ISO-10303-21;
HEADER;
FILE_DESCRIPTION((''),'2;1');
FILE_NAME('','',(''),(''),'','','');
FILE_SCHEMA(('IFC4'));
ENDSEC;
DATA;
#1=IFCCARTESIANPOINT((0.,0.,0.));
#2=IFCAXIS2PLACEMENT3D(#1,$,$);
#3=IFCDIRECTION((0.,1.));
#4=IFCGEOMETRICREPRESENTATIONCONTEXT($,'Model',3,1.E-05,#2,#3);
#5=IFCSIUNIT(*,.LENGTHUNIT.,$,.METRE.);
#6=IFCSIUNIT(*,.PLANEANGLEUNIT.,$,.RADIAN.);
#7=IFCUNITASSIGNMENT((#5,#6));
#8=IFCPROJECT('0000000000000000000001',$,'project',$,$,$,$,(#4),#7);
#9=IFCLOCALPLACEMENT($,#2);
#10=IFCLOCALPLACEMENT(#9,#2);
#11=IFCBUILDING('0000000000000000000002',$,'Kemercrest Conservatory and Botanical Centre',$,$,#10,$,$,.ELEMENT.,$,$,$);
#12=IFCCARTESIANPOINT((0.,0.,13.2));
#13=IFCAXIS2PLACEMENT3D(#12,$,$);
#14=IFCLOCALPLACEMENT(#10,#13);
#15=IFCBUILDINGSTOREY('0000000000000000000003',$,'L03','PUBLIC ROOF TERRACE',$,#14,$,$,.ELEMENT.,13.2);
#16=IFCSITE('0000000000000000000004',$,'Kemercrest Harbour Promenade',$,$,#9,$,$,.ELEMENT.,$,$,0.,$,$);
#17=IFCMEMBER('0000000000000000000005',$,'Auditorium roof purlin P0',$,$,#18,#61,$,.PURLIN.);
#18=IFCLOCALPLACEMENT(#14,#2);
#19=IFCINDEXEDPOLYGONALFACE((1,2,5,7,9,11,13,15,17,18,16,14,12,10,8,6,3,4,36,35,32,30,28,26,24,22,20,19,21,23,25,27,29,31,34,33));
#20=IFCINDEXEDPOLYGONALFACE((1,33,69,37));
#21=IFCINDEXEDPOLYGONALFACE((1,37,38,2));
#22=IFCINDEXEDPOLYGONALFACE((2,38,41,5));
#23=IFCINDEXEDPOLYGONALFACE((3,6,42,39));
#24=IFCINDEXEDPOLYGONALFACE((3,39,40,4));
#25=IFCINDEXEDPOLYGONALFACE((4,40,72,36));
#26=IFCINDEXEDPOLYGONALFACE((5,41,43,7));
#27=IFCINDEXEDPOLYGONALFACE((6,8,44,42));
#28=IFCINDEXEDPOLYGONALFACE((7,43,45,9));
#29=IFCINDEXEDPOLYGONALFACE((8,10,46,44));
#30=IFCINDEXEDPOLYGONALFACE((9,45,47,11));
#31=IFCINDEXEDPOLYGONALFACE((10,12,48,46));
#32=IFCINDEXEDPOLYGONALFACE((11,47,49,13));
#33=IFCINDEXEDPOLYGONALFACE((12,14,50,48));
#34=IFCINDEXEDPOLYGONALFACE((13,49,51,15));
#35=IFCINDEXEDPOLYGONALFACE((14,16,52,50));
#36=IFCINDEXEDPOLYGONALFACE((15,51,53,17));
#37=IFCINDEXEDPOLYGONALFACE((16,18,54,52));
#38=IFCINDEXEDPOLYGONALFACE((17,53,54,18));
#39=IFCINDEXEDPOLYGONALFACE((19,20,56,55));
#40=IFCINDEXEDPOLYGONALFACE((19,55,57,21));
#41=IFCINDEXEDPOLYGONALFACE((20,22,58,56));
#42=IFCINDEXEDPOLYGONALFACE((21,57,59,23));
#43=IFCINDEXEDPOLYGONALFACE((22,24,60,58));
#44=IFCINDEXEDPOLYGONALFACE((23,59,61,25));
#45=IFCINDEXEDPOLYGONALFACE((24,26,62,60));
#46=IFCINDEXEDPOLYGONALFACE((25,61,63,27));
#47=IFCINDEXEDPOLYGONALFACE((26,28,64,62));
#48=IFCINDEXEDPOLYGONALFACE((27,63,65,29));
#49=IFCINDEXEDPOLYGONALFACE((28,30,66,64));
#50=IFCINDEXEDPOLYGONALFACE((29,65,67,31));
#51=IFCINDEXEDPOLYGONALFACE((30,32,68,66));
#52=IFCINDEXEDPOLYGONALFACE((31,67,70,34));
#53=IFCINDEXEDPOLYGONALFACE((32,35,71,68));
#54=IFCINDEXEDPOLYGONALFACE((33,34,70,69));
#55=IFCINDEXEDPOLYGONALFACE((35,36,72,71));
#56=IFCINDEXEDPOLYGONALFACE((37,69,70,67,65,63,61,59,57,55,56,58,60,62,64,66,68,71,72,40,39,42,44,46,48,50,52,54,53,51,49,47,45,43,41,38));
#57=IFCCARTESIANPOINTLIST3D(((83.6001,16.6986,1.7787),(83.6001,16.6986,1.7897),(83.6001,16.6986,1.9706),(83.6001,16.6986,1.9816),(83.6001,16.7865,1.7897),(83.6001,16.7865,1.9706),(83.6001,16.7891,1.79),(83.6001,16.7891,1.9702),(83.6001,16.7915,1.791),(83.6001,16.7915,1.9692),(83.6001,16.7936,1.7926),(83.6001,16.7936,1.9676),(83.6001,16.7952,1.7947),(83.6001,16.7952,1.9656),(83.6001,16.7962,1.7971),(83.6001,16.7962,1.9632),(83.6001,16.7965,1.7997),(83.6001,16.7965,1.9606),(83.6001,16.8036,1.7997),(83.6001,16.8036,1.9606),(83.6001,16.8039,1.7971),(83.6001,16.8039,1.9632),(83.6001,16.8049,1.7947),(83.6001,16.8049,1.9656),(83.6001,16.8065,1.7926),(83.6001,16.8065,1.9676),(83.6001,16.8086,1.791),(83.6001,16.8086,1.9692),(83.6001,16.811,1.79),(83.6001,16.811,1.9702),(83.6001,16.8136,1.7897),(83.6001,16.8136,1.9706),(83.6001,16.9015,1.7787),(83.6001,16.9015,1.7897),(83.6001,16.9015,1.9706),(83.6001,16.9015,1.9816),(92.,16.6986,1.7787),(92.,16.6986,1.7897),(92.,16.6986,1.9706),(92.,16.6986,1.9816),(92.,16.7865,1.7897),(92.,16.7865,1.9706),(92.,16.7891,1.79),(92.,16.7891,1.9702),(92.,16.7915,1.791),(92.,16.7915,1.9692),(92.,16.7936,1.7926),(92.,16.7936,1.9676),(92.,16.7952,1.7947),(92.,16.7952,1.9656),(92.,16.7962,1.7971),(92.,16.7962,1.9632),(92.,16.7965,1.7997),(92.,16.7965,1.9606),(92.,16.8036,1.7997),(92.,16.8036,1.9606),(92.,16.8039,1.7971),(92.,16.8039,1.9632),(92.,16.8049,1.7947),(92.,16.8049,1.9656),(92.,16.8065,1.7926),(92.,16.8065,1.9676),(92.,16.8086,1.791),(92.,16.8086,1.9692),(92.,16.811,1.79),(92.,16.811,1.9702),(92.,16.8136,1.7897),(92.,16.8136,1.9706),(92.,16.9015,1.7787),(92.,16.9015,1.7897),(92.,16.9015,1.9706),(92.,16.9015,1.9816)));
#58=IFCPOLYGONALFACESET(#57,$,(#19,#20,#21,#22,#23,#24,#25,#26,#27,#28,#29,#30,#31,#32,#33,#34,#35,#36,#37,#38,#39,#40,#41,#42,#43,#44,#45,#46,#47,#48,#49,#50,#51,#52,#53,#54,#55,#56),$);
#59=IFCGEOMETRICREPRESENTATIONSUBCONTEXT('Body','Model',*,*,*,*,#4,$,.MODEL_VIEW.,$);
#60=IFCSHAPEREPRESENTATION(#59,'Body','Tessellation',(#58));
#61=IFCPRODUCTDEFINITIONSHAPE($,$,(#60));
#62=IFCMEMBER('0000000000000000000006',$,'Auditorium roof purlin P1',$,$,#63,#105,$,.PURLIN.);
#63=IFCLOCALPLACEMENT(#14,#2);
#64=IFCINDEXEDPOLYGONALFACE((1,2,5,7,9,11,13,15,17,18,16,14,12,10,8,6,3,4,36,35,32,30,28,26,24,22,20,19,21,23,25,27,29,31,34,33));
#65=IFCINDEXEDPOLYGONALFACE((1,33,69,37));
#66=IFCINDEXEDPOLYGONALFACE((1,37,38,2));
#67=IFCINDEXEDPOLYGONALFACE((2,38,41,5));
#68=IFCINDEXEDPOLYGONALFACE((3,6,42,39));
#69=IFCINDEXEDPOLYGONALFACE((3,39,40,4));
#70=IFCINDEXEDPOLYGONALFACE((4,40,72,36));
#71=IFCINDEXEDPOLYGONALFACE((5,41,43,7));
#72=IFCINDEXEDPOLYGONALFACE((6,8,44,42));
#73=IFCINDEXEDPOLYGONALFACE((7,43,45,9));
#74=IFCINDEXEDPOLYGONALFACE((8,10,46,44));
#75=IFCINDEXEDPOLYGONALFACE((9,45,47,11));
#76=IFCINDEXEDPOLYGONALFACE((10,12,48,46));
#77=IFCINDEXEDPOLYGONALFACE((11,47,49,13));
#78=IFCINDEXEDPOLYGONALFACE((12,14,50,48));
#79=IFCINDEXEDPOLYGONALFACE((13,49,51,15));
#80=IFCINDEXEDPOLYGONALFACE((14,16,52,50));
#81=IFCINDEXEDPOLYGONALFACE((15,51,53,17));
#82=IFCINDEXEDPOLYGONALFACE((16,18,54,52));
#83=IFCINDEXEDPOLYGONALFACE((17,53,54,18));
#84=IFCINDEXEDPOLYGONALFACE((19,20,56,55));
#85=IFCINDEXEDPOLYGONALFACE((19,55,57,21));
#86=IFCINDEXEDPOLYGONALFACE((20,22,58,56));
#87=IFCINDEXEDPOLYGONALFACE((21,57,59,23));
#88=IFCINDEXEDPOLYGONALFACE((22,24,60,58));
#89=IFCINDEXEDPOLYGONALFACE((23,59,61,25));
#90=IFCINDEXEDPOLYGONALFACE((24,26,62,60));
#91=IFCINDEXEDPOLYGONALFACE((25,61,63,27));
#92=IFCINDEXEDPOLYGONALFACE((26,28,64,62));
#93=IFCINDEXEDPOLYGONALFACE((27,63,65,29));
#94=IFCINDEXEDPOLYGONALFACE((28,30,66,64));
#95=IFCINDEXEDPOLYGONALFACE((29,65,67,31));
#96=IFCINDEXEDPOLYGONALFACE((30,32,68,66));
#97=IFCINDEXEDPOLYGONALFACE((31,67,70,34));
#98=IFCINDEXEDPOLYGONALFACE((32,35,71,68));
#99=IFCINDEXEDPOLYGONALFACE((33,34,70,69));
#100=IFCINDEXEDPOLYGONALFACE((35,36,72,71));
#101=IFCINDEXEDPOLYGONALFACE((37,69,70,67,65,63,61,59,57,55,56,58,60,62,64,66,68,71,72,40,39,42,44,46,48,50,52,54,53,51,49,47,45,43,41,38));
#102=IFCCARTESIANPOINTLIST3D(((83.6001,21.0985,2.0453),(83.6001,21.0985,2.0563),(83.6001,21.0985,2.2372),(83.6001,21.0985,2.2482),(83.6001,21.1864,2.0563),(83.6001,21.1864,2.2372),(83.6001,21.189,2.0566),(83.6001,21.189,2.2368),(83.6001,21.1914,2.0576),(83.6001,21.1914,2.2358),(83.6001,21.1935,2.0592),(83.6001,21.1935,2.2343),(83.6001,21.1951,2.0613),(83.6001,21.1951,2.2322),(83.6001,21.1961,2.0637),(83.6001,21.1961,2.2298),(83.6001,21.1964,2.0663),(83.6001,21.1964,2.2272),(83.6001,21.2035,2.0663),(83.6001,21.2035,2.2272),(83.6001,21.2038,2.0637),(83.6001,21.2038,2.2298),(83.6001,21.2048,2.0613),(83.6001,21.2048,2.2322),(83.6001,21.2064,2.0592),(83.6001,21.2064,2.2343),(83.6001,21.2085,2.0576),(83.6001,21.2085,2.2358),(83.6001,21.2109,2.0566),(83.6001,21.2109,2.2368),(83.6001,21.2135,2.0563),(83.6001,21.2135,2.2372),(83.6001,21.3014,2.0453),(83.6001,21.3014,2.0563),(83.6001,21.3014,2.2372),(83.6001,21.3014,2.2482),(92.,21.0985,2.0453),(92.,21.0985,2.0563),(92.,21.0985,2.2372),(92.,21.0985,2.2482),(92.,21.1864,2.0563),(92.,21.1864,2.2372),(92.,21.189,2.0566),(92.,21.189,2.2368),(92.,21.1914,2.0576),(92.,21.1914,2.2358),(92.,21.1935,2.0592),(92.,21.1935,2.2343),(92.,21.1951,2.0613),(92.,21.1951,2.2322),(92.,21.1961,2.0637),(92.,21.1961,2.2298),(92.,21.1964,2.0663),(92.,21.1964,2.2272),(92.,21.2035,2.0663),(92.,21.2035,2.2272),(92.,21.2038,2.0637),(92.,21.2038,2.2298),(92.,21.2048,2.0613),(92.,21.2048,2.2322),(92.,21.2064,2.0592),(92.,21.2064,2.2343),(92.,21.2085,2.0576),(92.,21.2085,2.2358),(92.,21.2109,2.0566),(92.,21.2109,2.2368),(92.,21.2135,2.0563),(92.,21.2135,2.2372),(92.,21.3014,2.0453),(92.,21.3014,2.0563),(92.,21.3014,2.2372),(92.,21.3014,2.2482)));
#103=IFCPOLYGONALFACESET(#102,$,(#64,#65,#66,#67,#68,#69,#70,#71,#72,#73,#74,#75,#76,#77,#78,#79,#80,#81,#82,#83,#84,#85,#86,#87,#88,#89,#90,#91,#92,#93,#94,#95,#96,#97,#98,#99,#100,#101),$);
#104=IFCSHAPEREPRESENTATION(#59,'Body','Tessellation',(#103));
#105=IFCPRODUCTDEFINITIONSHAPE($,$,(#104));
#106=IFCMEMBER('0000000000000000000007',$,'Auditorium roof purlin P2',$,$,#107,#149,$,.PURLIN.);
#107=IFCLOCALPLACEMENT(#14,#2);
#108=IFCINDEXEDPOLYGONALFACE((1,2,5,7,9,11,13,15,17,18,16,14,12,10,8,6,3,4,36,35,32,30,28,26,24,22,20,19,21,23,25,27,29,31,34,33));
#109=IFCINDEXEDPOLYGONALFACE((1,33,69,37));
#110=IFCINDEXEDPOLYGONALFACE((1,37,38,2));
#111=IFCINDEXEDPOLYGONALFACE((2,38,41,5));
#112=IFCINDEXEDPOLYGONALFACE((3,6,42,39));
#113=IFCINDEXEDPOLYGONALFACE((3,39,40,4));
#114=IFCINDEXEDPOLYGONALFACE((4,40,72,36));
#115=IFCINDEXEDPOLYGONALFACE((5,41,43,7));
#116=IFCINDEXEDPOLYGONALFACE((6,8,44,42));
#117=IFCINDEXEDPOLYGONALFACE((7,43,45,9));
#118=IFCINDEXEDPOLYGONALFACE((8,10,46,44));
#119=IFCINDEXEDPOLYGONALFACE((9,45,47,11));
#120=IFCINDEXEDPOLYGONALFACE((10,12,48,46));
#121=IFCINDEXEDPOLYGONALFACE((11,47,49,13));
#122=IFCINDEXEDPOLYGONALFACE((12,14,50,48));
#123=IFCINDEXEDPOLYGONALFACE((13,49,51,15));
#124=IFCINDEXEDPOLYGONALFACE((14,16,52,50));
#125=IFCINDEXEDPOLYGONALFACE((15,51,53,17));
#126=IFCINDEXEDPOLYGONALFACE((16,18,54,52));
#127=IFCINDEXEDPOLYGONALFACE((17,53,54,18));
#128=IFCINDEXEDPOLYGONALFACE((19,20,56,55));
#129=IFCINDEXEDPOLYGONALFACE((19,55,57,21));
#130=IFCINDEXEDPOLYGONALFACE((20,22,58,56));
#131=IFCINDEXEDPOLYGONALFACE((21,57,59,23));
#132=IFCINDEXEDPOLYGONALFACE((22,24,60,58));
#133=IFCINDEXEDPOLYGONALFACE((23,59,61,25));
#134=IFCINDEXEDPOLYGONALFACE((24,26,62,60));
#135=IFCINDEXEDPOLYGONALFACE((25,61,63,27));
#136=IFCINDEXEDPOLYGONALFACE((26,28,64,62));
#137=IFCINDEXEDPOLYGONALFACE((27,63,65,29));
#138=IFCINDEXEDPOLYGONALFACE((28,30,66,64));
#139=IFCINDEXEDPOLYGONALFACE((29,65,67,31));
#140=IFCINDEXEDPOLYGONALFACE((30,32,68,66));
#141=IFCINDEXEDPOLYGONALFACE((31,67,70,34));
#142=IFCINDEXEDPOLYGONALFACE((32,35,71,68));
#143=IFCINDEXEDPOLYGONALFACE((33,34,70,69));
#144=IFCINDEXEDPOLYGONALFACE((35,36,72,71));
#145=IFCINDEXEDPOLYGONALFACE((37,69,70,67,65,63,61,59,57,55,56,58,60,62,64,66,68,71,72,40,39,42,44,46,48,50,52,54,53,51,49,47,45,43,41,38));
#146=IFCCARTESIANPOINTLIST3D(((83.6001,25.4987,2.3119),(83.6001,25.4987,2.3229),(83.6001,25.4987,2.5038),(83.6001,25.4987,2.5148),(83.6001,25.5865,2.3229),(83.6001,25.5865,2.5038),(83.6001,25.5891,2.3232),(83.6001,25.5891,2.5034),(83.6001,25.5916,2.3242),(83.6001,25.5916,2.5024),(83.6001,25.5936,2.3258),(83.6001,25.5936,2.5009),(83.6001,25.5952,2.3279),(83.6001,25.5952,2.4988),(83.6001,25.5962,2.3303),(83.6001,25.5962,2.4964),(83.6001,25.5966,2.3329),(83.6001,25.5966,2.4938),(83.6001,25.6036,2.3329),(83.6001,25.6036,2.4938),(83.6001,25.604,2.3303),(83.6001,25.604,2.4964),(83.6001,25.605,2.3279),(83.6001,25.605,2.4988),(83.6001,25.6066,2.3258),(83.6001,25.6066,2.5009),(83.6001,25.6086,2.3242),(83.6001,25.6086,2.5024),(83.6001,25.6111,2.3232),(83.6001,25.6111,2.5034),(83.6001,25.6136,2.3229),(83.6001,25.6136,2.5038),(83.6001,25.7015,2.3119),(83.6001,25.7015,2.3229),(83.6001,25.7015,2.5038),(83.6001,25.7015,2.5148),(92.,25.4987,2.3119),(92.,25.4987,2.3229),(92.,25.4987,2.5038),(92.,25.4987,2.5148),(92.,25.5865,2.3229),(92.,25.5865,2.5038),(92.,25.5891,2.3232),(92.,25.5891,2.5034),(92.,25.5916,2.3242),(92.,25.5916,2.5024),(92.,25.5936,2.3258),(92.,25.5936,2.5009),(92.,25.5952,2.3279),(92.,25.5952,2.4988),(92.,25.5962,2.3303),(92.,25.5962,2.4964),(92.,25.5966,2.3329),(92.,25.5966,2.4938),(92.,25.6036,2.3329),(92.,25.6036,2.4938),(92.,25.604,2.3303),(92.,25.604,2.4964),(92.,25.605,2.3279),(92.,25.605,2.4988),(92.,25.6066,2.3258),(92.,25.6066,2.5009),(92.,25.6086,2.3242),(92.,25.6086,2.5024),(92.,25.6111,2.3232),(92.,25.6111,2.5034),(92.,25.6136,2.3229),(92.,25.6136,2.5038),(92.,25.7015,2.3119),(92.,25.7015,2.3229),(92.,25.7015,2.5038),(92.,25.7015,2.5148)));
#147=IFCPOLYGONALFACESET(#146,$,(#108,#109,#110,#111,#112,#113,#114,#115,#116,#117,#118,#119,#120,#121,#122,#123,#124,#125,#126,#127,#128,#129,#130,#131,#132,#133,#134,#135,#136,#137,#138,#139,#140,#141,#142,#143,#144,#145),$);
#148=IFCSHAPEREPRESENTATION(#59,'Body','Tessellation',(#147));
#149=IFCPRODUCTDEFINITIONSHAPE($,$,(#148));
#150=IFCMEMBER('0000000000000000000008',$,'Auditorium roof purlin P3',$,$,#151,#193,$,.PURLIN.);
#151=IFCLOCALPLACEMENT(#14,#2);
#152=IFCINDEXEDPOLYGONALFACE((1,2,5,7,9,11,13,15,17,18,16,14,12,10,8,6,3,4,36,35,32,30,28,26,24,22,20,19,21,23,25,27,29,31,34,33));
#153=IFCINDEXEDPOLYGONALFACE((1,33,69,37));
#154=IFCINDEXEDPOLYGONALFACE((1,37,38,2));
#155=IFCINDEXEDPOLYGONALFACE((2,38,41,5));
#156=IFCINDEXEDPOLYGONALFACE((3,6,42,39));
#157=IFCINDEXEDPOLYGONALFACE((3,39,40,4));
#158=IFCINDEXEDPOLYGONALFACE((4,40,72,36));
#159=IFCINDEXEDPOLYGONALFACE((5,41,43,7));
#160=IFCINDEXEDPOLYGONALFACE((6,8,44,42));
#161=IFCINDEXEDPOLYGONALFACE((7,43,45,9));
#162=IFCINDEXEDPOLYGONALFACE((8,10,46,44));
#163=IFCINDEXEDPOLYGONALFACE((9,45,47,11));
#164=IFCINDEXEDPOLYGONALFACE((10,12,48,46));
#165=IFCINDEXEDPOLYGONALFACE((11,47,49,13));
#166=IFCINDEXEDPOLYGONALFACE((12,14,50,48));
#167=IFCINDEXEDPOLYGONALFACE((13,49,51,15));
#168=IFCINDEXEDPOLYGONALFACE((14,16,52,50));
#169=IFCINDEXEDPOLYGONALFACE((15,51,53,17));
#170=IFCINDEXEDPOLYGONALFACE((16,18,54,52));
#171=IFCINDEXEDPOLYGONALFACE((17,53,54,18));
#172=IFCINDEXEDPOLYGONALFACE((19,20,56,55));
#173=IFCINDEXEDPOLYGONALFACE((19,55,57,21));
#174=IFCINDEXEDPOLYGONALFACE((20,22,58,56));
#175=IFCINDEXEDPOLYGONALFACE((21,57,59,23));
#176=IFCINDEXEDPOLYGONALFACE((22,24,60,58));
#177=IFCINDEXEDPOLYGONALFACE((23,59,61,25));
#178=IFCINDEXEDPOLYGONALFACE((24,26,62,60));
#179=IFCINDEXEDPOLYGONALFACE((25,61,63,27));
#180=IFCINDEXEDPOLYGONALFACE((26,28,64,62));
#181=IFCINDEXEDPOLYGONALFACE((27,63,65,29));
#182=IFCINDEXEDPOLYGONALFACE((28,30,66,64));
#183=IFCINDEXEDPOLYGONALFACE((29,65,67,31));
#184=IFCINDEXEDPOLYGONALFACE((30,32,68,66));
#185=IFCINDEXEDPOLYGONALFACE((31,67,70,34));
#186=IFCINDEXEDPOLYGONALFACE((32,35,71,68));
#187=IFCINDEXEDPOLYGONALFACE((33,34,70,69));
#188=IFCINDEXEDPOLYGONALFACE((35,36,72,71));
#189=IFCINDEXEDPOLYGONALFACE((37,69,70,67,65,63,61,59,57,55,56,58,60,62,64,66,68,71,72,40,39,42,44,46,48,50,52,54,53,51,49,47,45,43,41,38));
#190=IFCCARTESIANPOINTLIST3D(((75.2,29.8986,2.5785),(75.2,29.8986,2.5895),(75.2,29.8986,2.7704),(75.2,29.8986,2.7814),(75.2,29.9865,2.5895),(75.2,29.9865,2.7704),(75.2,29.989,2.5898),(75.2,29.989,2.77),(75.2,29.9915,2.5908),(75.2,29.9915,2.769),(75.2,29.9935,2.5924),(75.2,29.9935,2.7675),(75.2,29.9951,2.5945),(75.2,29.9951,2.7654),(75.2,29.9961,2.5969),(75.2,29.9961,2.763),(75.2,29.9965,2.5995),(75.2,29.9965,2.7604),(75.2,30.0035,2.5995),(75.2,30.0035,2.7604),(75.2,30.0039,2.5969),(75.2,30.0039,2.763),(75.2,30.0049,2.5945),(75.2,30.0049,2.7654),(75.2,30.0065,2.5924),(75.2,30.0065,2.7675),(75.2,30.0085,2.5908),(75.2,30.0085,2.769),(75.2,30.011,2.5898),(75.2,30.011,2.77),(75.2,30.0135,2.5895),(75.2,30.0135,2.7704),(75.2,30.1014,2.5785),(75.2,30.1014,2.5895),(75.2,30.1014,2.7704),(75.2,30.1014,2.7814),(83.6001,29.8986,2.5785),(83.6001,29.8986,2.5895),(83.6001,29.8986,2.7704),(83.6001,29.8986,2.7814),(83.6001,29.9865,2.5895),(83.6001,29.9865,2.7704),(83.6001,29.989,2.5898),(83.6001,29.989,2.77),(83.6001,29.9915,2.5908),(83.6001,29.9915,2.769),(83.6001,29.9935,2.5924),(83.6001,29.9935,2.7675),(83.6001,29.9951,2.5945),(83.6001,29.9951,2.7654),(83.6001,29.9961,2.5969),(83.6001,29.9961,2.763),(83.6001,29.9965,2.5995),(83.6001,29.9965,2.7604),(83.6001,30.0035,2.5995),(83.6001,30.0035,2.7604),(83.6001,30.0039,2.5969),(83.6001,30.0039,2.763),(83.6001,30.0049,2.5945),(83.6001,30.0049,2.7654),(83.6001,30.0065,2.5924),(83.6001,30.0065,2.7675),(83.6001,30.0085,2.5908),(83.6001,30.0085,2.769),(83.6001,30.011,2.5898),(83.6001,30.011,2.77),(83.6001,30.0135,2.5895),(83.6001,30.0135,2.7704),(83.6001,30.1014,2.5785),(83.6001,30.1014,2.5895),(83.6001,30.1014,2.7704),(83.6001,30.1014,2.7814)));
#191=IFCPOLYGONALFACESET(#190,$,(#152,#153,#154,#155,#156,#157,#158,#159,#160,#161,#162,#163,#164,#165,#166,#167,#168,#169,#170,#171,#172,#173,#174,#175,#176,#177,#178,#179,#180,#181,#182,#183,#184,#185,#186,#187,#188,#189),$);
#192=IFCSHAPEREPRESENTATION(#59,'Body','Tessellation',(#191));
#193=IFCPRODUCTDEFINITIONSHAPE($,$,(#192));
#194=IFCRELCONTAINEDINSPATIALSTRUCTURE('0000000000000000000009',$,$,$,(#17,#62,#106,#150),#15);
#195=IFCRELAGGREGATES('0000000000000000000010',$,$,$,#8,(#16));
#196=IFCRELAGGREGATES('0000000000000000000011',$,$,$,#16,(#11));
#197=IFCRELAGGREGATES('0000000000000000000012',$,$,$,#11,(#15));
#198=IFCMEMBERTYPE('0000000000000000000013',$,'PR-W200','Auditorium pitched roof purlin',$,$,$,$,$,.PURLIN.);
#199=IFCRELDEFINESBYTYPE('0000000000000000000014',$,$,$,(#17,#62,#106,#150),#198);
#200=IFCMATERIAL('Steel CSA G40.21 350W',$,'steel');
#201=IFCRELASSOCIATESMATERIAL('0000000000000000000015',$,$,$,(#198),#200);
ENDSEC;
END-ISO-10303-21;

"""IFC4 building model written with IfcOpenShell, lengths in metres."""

from ifc_helpers import new_model, si_unit, direction, frame, origin, origin_2d, place, context, subcontext, project, spatial, i_section, extrude, material, material_profile, profile_set, type_object, element, save


model = new_model("IFC4")

# Units and contexts
model_context = context("Model", 3, precision=1e-05, world=origin(), true_north=direction((0.0, 1.0)))
body_context = subcontext(model_context, "Body", "Model", "MODEL_VIEW")
ifc_project = project(units=[si_unit("LENGTHUNIT", "METRE"), si_unit("PLANEANGLEUNIT", "RADIAN")], contexts=[model_context])

# Site, building, storey
site_placement = place(None, origin())
site = spatial("IfcSite", under=ifc_project, at=site_placement, Name="Kemercrest Harbour Promenade", CompositionType="ELEMENT", RefElevation=0.0)
building_placement = place(site_placement, origin())
building = spatial("IfcBuilding", under=site, at=building_placement, Name="Kemercrest Conservatory and Botanical Centre", CompositionType="ELEMENT")
storey_placement = place(building_placement, frame((0.0, 0.0, 13.2)))
storey = spatial("IfcBuildingStorey", under=building, at=storey_placement, Name="L03", Description="PUBLIC ROOF TERRACE", CompositionType="ELEMENT", Elevation=13.2)

# Members
ifc_material = material(Name="Steel CSA G40.21 350W", Category="steel")
ifc_material_profile_1 = material_profile(ifc_material, i_section(OverallWidth=0.2029, OverallDepth=0.2029, WebThickness=0.0071, FlangeThickness=0.011, FilletRadius=0.01, at=origin_2d()), Name="W200X46")
ifc_profile_set_1 = profile_set([ifc_material_profile_1], Name="Steel CSA G40.21 350W")
member_type_1 = type_object("IfcMemberType", Name="PR-W200", Description="Auditorium pitched roof purlin", PredefinedType="PURLIN", material=ifc_profile_set_1)
for number, where, z_axis, x_axis, name in (
    (1, (83.6001, 16.8, 1.8801), (1.0, 0.0, 0.0), (0.0, 1.0, 0.0), "Auditorium roof purlin P0"),
    (2, (83.6001, 21.2, 2.1467), (1.0, 0.0, 0.0), (0.0, 1.0, 0.0), "Auditorium roof purlin P1"),
    (3, (83.6001, 25.6001, 2.4133), (1.0, 0.0, 0.0), (0.0, 1.0, 0.0), "Auditorium roof purlin P2"),
):
    element("IfcMember", number, at=place(storey_placement, frame(where, z_axis=z_axis, x_axis=x_axis)), inside=storey, type_object=member_type_1, Name=name, PredefinedType="PURLIN", context=body_context, shape_type="SweptSolid", body=[
        extrude(i_section(OverallWidth=0.2029, OverallDepth=0.2029, WebThickness=0.0071, FlangeThickness=0.011, FilletRadius=0.01, at=origin_2d()), origin(), (0.0, 0.0, 1.0), 8.3999),
    ])
member_1_placement = place(storey_placement, frame((75.2, 30.0, 2.6799), z_axis=(1.0, 0.0, 0.0), x_axis=(0.0, 1.0, 0.0)))
element("IfcMember", 4, at=member_1_placement, inside=storey, type_object=member_type_1, Name="Auditorium roof purlin P3", PredefinedType="PURLIN", context=body_context, shape_type="SweptSolid", body=[
    extrude(i_section(OverallWidth=0.2029, OverallDepth=0.2029, WebThickness=0.0071, FlangeThickness=0.011, FilletRadius=0.01, at=origin_2d()), origin(), (0.0, 0.0, 1.0), 8.4001),
])

save(model, "model.ifc")
